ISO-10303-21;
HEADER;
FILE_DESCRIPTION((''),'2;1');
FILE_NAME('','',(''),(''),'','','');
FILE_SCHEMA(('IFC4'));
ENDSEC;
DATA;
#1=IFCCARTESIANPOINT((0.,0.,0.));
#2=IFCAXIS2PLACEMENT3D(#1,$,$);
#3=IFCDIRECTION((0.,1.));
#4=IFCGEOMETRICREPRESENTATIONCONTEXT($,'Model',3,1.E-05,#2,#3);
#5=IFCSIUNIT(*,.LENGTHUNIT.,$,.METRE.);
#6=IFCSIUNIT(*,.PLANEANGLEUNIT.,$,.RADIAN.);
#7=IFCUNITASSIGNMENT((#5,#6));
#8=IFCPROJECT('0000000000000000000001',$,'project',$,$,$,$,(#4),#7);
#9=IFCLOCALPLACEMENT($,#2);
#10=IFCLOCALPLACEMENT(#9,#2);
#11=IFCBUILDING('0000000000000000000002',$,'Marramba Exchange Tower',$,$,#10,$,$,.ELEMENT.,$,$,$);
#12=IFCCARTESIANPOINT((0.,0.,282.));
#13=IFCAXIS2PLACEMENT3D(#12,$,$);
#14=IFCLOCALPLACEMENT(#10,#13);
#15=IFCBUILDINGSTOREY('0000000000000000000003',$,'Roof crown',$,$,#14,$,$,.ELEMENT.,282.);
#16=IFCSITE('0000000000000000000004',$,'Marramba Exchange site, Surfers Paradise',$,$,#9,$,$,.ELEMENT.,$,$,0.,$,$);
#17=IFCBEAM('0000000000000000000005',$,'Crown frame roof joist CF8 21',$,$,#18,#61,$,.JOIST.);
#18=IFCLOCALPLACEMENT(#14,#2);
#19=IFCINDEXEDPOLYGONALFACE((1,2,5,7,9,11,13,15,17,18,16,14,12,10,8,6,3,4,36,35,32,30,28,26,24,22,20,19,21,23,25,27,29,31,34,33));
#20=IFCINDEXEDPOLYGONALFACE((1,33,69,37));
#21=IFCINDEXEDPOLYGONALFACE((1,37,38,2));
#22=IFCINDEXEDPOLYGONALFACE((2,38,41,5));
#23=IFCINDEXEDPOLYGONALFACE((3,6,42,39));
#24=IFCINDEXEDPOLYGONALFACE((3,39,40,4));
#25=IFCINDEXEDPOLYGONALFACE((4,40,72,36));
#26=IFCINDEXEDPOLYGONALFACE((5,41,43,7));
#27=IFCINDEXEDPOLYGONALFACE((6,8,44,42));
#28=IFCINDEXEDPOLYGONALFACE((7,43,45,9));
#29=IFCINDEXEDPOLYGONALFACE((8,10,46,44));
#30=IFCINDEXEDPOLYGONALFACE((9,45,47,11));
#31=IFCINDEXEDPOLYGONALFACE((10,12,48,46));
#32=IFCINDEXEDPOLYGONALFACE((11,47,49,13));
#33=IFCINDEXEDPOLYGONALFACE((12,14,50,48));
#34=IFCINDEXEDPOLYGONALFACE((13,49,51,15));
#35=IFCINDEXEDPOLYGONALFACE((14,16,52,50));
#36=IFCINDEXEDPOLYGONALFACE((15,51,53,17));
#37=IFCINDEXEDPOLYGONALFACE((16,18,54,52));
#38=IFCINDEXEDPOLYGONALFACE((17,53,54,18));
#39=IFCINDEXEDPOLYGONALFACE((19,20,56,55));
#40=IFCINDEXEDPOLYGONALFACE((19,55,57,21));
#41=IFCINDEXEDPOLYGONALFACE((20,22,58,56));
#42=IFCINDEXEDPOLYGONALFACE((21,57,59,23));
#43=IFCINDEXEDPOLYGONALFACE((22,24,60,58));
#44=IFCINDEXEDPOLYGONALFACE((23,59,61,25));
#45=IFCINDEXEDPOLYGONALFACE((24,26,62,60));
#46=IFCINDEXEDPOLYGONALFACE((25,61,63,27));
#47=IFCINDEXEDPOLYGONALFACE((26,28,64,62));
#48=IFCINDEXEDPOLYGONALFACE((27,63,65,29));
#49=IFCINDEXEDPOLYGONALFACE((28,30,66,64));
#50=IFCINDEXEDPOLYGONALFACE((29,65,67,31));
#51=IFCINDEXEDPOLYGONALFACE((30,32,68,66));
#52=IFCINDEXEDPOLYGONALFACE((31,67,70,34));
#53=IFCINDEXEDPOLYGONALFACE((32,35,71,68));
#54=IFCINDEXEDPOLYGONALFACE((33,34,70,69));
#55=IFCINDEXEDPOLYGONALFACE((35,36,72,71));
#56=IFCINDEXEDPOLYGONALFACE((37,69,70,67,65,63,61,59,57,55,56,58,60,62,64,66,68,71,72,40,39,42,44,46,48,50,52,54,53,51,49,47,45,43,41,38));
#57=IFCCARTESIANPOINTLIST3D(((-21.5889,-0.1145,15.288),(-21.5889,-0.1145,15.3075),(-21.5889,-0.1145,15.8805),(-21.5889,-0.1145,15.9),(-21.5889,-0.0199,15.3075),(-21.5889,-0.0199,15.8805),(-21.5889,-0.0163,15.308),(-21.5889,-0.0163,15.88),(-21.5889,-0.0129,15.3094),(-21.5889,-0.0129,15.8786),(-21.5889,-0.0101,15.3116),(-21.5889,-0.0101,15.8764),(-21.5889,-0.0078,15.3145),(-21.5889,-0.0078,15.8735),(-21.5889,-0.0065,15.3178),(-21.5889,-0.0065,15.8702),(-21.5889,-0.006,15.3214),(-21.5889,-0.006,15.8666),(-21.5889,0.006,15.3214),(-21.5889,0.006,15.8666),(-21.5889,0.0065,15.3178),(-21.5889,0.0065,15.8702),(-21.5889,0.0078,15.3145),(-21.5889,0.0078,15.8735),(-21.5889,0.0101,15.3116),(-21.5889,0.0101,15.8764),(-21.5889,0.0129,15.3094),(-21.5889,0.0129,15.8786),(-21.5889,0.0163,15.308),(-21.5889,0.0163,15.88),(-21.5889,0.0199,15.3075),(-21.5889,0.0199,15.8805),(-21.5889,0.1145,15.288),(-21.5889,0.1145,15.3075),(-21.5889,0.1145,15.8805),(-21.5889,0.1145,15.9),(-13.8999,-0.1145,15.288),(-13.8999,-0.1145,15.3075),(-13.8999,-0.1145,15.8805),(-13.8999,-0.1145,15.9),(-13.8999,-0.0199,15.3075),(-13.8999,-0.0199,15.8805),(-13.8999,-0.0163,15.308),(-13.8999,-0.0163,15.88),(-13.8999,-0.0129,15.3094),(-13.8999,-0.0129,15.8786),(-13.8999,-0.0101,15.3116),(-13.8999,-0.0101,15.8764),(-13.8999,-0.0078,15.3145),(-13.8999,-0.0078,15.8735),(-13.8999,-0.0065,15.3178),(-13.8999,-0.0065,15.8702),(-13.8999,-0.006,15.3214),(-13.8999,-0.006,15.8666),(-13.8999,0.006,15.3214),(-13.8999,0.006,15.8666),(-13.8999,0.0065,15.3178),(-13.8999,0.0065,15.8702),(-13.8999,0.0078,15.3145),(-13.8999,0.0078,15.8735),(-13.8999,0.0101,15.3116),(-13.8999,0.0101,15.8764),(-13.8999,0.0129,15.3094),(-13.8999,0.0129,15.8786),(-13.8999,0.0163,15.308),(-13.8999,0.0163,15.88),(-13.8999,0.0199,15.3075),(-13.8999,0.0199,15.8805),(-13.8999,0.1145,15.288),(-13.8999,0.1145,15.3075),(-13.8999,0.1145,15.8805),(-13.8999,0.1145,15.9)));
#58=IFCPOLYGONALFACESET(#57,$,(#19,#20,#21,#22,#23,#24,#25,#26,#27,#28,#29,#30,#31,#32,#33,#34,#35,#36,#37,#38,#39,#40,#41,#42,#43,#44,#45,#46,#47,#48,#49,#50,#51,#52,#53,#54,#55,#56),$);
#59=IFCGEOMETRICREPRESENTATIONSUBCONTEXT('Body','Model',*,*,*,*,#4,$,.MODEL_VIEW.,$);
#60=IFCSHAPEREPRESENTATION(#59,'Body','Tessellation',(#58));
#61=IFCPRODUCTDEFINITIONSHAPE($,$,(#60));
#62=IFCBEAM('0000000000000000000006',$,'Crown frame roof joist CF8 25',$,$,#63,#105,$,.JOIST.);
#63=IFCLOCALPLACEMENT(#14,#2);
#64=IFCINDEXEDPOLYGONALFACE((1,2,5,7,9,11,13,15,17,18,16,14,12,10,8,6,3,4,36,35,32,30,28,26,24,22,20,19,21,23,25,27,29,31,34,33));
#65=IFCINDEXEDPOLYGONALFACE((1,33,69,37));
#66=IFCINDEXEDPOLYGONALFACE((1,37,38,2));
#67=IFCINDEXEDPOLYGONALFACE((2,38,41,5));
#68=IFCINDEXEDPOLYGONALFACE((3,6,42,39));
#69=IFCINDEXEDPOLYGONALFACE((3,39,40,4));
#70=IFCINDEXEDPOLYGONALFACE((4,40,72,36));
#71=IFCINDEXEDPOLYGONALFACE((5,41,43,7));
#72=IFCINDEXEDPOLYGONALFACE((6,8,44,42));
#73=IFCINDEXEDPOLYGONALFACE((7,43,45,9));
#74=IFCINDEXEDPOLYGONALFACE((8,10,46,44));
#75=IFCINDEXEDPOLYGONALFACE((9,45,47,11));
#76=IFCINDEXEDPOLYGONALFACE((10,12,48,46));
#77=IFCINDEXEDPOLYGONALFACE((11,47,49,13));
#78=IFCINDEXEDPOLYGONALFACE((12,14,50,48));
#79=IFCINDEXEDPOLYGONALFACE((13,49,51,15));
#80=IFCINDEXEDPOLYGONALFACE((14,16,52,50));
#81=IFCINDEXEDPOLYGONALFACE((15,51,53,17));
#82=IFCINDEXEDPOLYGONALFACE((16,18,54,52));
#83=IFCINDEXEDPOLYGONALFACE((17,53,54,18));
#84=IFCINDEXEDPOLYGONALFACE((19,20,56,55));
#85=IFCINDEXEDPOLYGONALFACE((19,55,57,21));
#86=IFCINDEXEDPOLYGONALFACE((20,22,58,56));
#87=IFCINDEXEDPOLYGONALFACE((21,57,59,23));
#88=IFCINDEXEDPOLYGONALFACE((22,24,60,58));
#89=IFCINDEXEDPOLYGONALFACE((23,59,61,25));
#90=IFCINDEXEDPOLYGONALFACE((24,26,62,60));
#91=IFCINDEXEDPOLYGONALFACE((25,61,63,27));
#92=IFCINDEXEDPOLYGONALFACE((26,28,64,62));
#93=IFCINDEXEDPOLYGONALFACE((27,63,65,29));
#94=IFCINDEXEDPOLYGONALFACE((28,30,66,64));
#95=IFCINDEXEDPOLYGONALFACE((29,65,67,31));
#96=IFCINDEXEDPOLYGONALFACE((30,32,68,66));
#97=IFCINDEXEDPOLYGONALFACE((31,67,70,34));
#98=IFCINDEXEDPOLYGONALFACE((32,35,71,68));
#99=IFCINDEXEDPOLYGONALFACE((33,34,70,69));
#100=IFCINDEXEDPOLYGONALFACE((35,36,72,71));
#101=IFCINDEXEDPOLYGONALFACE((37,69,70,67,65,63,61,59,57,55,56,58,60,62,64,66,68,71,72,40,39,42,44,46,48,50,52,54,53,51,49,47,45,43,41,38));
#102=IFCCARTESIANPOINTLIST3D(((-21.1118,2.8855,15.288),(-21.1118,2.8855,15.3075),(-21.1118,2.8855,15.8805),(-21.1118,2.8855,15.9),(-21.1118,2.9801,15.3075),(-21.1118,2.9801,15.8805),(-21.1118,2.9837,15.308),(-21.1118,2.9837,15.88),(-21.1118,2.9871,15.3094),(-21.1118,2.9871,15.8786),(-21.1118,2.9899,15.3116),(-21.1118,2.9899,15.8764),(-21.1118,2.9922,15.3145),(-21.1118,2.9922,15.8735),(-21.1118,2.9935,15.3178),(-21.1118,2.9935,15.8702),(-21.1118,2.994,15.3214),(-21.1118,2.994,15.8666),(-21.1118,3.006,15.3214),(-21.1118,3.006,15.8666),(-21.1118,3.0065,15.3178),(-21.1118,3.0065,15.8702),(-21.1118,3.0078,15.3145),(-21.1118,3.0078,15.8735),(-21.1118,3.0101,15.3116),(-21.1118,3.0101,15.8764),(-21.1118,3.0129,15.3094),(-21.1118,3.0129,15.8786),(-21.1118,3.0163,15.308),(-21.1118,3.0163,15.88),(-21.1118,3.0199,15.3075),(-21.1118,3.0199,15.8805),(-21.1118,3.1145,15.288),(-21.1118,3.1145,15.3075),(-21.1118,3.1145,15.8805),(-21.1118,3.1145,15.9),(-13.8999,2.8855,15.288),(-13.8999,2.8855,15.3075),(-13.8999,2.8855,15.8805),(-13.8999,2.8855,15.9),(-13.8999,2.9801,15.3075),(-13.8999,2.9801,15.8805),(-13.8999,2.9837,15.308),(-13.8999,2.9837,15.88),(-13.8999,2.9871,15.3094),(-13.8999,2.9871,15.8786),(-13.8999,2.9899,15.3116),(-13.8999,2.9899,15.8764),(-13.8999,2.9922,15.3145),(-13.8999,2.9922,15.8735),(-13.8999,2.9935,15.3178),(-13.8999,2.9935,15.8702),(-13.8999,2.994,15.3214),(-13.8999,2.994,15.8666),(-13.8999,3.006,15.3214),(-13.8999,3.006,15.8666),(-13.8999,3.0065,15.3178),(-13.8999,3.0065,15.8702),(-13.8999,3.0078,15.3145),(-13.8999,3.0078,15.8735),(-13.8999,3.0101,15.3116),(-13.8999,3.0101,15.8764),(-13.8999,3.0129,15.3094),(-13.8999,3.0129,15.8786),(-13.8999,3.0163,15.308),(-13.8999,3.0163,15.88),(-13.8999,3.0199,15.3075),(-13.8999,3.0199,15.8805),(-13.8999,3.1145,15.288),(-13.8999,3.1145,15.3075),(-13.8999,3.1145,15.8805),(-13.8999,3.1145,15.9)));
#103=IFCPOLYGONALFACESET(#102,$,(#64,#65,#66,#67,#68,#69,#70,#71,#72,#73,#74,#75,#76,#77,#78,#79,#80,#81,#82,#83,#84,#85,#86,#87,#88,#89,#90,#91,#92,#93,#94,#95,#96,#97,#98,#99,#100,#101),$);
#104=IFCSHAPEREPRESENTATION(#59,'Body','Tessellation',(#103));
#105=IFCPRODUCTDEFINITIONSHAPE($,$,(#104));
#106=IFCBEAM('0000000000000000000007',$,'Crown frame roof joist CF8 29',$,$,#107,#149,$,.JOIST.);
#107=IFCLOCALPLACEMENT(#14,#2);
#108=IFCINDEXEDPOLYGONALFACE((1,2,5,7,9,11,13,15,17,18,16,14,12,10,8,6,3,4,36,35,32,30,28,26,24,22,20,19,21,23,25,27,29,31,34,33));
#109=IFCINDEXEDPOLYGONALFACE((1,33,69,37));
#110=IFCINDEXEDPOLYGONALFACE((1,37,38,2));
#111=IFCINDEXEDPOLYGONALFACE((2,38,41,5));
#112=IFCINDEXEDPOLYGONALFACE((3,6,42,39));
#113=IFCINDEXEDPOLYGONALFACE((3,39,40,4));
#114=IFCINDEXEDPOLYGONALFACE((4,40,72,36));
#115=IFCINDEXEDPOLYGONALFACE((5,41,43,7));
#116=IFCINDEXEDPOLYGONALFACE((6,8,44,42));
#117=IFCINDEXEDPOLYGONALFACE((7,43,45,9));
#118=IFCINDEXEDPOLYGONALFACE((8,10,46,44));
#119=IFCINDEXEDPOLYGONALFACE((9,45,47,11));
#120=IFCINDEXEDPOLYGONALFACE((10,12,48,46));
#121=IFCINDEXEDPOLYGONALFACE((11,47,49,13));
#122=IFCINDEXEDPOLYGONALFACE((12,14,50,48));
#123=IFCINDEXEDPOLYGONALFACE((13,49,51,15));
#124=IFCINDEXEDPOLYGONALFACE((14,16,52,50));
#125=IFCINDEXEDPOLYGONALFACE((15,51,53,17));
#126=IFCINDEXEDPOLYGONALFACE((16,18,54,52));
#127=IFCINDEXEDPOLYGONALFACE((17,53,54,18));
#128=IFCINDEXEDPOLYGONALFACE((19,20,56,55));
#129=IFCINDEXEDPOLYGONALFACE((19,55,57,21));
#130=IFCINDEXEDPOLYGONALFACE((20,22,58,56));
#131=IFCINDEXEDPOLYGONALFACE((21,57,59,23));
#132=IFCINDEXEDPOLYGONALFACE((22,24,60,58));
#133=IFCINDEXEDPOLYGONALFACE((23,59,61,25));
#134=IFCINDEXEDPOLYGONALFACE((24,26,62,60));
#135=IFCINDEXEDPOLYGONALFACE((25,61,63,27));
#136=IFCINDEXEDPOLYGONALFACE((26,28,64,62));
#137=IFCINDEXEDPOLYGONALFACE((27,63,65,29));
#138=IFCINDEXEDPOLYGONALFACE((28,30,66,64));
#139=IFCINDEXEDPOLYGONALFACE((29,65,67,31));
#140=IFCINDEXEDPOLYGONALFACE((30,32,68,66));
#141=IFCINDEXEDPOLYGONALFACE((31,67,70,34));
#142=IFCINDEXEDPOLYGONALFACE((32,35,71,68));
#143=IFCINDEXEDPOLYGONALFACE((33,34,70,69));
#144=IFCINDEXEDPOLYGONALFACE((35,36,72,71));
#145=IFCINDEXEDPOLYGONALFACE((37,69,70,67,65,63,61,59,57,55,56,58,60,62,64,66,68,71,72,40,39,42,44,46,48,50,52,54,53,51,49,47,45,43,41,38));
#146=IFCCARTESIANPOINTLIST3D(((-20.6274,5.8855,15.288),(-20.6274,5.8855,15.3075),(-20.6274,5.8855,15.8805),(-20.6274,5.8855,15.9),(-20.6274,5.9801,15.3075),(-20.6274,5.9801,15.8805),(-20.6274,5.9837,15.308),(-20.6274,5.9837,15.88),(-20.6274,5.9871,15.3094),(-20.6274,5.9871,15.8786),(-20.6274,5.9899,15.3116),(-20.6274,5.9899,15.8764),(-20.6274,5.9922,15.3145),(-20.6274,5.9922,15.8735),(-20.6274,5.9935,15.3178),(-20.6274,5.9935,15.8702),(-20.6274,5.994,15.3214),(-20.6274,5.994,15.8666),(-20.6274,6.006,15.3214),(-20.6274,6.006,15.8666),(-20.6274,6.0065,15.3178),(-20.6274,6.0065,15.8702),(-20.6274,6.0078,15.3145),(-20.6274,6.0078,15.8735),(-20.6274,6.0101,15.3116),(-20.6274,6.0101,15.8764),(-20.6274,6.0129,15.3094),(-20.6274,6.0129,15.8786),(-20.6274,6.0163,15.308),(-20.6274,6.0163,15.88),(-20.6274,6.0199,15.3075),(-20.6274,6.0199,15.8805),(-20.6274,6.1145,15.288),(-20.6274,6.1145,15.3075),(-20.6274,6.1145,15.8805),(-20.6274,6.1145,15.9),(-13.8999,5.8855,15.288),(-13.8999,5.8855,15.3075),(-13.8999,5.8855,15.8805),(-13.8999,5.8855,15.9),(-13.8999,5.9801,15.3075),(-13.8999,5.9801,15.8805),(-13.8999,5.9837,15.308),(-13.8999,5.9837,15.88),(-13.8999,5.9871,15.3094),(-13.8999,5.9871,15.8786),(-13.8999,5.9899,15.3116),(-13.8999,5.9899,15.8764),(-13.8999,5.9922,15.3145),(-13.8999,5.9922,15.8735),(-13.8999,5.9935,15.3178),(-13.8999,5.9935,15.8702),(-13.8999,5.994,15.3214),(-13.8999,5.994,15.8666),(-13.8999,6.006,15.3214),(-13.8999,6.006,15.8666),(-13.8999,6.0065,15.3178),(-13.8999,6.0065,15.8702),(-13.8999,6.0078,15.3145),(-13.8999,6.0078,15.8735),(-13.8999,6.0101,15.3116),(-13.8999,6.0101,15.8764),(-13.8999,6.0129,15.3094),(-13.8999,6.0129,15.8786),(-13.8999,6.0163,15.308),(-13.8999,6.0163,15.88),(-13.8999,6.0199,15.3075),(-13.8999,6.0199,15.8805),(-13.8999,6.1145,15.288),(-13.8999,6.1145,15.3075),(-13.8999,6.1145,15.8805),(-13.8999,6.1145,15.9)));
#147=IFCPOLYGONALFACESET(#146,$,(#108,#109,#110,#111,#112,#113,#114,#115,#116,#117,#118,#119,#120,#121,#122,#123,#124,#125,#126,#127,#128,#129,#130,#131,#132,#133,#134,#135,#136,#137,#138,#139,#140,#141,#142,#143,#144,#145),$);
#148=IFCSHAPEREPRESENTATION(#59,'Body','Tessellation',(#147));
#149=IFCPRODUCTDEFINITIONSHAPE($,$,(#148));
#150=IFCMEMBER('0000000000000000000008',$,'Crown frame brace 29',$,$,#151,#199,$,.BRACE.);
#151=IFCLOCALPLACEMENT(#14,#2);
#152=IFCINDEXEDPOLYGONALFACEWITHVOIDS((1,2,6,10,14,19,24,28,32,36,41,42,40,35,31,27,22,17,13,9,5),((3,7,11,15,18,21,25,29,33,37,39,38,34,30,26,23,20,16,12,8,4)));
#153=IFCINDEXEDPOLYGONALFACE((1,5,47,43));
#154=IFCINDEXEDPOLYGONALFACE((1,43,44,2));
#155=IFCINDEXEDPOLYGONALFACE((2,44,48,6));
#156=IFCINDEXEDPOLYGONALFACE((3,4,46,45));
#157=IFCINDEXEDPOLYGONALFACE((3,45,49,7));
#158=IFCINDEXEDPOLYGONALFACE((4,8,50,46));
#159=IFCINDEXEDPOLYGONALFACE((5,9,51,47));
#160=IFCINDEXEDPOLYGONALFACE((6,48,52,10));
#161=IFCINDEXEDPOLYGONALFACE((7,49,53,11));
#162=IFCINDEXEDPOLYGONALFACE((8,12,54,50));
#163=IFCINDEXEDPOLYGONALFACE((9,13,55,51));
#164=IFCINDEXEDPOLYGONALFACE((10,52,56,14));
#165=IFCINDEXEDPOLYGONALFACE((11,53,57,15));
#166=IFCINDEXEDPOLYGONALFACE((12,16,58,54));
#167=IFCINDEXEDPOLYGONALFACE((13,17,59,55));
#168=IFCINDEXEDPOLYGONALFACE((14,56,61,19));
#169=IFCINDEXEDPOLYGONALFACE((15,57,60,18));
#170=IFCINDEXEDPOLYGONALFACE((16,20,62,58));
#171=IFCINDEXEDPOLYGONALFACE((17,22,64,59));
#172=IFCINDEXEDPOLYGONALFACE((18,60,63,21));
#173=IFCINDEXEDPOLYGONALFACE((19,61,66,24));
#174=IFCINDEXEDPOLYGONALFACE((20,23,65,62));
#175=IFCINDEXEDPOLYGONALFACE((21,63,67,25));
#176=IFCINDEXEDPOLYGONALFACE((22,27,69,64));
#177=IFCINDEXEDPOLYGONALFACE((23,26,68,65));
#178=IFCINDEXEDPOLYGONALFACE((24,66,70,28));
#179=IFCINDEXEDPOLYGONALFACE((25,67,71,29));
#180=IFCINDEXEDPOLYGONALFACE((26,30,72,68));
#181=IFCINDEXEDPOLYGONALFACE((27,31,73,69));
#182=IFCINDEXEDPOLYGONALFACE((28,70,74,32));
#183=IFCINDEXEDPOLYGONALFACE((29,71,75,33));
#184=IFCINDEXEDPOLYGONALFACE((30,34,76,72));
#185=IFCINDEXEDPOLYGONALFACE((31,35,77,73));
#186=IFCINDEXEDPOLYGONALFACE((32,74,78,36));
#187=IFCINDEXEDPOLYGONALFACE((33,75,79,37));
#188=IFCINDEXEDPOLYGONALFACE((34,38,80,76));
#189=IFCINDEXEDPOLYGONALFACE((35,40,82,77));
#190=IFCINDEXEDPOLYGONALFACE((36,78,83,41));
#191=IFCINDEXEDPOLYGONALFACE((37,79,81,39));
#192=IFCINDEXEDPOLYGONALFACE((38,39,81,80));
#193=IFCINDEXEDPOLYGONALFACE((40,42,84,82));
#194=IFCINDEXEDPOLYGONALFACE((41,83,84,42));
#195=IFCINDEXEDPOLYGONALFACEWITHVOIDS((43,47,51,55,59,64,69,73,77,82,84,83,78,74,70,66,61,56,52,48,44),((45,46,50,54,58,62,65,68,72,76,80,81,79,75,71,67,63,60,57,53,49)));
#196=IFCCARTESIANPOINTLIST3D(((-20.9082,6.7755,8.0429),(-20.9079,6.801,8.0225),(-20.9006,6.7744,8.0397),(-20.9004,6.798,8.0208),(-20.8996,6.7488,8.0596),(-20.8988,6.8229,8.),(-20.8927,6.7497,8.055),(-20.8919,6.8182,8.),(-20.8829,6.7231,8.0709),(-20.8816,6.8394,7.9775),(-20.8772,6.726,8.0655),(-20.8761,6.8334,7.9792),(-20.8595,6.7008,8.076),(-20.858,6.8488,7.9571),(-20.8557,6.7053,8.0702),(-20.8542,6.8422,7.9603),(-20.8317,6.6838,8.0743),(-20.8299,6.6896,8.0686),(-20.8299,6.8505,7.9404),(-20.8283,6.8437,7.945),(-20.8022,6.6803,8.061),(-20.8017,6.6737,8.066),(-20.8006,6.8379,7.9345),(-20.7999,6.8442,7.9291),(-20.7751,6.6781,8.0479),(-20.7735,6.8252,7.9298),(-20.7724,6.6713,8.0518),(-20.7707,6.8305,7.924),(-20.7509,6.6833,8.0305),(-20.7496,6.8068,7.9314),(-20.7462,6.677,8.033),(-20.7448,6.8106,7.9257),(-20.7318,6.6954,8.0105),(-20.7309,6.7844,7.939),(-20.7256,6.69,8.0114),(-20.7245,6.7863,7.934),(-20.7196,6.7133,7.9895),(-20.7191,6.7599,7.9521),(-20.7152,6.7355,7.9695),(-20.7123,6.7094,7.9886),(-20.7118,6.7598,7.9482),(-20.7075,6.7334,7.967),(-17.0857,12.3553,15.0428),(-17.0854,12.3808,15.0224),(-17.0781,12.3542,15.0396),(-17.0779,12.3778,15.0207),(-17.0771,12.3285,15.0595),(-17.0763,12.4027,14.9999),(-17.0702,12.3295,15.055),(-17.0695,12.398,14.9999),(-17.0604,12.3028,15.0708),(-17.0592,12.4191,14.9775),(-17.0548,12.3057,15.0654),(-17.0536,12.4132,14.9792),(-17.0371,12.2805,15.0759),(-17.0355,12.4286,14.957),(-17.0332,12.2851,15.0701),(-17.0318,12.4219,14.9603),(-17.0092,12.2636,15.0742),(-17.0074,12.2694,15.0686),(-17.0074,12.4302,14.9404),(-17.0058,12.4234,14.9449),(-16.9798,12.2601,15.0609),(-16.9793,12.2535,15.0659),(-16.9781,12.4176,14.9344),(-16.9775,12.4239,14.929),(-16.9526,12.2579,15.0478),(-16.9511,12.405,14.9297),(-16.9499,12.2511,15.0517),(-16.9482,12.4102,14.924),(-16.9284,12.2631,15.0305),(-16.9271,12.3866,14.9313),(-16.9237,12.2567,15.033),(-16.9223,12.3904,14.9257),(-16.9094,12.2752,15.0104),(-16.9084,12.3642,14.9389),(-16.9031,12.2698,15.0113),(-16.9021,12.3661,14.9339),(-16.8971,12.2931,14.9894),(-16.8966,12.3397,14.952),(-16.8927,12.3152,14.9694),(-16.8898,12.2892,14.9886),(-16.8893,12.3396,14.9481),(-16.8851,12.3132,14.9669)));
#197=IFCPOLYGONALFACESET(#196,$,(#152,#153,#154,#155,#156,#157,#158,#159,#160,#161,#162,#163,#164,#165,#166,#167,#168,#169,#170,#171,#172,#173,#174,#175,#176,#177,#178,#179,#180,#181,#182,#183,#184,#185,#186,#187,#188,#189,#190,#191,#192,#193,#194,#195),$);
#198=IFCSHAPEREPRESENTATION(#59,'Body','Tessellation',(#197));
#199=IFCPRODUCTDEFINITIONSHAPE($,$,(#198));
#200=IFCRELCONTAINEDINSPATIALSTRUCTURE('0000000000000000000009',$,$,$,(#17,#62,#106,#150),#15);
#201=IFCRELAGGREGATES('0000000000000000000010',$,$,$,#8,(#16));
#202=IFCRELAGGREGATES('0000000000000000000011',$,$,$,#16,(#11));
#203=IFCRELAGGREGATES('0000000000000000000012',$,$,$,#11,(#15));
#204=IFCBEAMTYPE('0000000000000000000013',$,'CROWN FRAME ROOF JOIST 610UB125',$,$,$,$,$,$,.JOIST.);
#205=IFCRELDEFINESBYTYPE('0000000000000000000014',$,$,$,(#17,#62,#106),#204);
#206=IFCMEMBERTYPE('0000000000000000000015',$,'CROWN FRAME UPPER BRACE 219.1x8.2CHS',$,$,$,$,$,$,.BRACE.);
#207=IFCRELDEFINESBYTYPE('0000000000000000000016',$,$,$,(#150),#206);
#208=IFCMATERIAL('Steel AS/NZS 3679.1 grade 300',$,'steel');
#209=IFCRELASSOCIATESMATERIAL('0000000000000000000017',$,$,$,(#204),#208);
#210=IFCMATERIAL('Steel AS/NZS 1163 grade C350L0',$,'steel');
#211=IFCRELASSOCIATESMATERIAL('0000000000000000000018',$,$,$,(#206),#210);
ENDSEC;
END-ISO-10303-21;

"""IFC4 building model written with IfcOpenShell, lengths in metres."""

from ifc_helpers import new_model, si_unit, direction, frame, origin, origin_2d, place, context, subcontext, project, spatial, hollow_circle, i_section, extrude, material, material_profile, profile_set, type_object, element, save


model = new_model("IFC4")

# Units and contexts
model_context = context("Model", 3, precision=1e-05, world=origin(), true_north=direction((0.0, 1.0)))
body_context = subcontext(model_context, "Body", "Model", "MODEL_VIEW")
ifc_project = project(units=[si_unit("LENGTHUNIT", "METRE"), si_unit("PLANEANGLEUNIT", "RADIAN")], contexts=[model_context])

# Site, building, storey
site_placement = place(None, origin())
site = spatial("IfcSite", under=ifc_project, at=site_placement, Name="Marramba Exchange site, Surfers Paradise", CompositionType="ELEMENT", RefElevation=0.0)
building_placement = place(site_placement, origin())
building = spatial("IfcBuilding", under=site, at=building_placement, Name="Marramba Exchange Tower", CompositionType="ELEMENT")
storey_placement = place(building_placement, frame((0.0, 0.0, 282.0)))
storey = spatial("IfcBuildingStorey", under=building, at=storey_placement, Name="Roof crown", CompositionType="ELEMENT", Elevation=282.0)

# Beams
ifc_material_1 = material(Name="Steel AS/NZS 1163 grade C350L0", Category="steel")
ifc_material_2 = material(Name="Steel AS/NZS 3679.1 grade 300", Category="steel")
ifc_material_profile_1 = material_profile(ifc_material_2, i_section(OverallWidth=0.229, OverallDepth=0.6121, WebThickness=0.012, FlangeThickness=0.0195, FilletRadius=0.0139, at=origin_2d()), Name="610UB125")
ifc_profile_set_1 = profile_set([ifc_material_profile_1], Name="Steel AS/NZS 3679.1 grade 300")
beam_type_1 = type_object("IfcBeamType", Name="CROWN FRAME ROOF JOIST 610UB125", PredefinedType="JOIST", material=ifc_profile_set_1)
beam_1_placement = place(storey_placement, frame((-21.5889, 0.0, 15.594), z_axis=(1.0, 0.0, 0.0), x_axis=(0.0, 1.0, 0.0)))
element("IfcBeam", 1, at=beam_1_placement, inside=storey, type_object=beam_type_1, Name="Crown frame roof joist CF8 21", PredefinedType="JOIST", context=body_context, shape_type="SweptSolid", body=[
    extrude(i_section(OverallWidth=0.229, OverallDepth=0.6121, WebThickness=0.012, FlangeThickness=0.0195, FilletRadius=0.0139, at=origin_2d()), origin(), (0.0, 0.0, 1.0), 7.689),
])
beam_2_placement = place(storey_placement, frame((-21.1118, 3.0, 15.594), z_axis=(1.0, 0.0, 0.0), x_axis=(0.0, 1.0, 0.0)))
element("IfcBeam", 2, at=beam_2_placement, inside=storey, type_object=beam_type_1, Name="Crown frame roof joist CF8 25", PredefinedType="JOIST", context=body_context, shape_type="SweptSolid", body=[
    extrude(i_section(OverallWidth=0.229, OverallDepth=0.6121, WebThickness=0.012, FlangeThickness=0.0195, FilletRadius=0.0139, at=origin_2d()), origin(), (0.0, 0.0, 1.0), 7.2119),
])
beam_3_placement = place(storey_placement, frame((-20.6274, 6.0, 15.594), z_axis=(1.0, 0.0, 0.0), x_axis=(0.0, 1.0, 0.0)))
element("IfcBeam", 3, at=beam_3_placement, inside=storey, type_object=beam_type_1, Name="Crown frame roof joist CF8 29", PredefinedType="JOIST", context=body_context, shape_type="SweptSolid", body=[
    extrude(i_section(OverallWidth=0.229, OverallDepth=0.6121, WebThickness=0.012, FlangeThickness=0.0195, FilletRadius=0.0139, at=origin_2d()), origin(), (0.0, 0.0, 1.0), 6.7275),
])

# Member
ifc_material_profile_2 = material_profile(ifc_material_1, hollow_circle(Radius=0.1096, WallThickness=0.0083, at=origin_2d()), Name="219.1x8.2CHS")
ifc_profile_set_2 = profile_set([ifc_material_profile_2], Name="Steel AS/NZS 1163 grade C350L0")
member_type = type_object("IfcMemberType", Name="CROWN FRAME UPPER BRACE 219.1x8.2CHS", PredefinedType="BRACE", material=ifc_profile_set_2)
member_1_placement = place(storey_placement, frame((-20.8083, 6.761, 8.0), z_axis=(0.392706, 0.573245, 0.719146), x_axis=(-0.824981, 0.56516, 0.0)))
element("IfcMember", 4, at=member_1_placement, inside=storey, type_object=member_type, Name="Crown frame brace 29", PredefinedType="BRACE", context=body_context, shape_type="SweptSolid", body=[
    extrude(hollow_circle(Radius=0.1096, WallThickness=0.0083, at=origin_2d()), origin(), (0.0, 0.0, 1.0), 9.7336),
])

save(model, "model.ifc")
